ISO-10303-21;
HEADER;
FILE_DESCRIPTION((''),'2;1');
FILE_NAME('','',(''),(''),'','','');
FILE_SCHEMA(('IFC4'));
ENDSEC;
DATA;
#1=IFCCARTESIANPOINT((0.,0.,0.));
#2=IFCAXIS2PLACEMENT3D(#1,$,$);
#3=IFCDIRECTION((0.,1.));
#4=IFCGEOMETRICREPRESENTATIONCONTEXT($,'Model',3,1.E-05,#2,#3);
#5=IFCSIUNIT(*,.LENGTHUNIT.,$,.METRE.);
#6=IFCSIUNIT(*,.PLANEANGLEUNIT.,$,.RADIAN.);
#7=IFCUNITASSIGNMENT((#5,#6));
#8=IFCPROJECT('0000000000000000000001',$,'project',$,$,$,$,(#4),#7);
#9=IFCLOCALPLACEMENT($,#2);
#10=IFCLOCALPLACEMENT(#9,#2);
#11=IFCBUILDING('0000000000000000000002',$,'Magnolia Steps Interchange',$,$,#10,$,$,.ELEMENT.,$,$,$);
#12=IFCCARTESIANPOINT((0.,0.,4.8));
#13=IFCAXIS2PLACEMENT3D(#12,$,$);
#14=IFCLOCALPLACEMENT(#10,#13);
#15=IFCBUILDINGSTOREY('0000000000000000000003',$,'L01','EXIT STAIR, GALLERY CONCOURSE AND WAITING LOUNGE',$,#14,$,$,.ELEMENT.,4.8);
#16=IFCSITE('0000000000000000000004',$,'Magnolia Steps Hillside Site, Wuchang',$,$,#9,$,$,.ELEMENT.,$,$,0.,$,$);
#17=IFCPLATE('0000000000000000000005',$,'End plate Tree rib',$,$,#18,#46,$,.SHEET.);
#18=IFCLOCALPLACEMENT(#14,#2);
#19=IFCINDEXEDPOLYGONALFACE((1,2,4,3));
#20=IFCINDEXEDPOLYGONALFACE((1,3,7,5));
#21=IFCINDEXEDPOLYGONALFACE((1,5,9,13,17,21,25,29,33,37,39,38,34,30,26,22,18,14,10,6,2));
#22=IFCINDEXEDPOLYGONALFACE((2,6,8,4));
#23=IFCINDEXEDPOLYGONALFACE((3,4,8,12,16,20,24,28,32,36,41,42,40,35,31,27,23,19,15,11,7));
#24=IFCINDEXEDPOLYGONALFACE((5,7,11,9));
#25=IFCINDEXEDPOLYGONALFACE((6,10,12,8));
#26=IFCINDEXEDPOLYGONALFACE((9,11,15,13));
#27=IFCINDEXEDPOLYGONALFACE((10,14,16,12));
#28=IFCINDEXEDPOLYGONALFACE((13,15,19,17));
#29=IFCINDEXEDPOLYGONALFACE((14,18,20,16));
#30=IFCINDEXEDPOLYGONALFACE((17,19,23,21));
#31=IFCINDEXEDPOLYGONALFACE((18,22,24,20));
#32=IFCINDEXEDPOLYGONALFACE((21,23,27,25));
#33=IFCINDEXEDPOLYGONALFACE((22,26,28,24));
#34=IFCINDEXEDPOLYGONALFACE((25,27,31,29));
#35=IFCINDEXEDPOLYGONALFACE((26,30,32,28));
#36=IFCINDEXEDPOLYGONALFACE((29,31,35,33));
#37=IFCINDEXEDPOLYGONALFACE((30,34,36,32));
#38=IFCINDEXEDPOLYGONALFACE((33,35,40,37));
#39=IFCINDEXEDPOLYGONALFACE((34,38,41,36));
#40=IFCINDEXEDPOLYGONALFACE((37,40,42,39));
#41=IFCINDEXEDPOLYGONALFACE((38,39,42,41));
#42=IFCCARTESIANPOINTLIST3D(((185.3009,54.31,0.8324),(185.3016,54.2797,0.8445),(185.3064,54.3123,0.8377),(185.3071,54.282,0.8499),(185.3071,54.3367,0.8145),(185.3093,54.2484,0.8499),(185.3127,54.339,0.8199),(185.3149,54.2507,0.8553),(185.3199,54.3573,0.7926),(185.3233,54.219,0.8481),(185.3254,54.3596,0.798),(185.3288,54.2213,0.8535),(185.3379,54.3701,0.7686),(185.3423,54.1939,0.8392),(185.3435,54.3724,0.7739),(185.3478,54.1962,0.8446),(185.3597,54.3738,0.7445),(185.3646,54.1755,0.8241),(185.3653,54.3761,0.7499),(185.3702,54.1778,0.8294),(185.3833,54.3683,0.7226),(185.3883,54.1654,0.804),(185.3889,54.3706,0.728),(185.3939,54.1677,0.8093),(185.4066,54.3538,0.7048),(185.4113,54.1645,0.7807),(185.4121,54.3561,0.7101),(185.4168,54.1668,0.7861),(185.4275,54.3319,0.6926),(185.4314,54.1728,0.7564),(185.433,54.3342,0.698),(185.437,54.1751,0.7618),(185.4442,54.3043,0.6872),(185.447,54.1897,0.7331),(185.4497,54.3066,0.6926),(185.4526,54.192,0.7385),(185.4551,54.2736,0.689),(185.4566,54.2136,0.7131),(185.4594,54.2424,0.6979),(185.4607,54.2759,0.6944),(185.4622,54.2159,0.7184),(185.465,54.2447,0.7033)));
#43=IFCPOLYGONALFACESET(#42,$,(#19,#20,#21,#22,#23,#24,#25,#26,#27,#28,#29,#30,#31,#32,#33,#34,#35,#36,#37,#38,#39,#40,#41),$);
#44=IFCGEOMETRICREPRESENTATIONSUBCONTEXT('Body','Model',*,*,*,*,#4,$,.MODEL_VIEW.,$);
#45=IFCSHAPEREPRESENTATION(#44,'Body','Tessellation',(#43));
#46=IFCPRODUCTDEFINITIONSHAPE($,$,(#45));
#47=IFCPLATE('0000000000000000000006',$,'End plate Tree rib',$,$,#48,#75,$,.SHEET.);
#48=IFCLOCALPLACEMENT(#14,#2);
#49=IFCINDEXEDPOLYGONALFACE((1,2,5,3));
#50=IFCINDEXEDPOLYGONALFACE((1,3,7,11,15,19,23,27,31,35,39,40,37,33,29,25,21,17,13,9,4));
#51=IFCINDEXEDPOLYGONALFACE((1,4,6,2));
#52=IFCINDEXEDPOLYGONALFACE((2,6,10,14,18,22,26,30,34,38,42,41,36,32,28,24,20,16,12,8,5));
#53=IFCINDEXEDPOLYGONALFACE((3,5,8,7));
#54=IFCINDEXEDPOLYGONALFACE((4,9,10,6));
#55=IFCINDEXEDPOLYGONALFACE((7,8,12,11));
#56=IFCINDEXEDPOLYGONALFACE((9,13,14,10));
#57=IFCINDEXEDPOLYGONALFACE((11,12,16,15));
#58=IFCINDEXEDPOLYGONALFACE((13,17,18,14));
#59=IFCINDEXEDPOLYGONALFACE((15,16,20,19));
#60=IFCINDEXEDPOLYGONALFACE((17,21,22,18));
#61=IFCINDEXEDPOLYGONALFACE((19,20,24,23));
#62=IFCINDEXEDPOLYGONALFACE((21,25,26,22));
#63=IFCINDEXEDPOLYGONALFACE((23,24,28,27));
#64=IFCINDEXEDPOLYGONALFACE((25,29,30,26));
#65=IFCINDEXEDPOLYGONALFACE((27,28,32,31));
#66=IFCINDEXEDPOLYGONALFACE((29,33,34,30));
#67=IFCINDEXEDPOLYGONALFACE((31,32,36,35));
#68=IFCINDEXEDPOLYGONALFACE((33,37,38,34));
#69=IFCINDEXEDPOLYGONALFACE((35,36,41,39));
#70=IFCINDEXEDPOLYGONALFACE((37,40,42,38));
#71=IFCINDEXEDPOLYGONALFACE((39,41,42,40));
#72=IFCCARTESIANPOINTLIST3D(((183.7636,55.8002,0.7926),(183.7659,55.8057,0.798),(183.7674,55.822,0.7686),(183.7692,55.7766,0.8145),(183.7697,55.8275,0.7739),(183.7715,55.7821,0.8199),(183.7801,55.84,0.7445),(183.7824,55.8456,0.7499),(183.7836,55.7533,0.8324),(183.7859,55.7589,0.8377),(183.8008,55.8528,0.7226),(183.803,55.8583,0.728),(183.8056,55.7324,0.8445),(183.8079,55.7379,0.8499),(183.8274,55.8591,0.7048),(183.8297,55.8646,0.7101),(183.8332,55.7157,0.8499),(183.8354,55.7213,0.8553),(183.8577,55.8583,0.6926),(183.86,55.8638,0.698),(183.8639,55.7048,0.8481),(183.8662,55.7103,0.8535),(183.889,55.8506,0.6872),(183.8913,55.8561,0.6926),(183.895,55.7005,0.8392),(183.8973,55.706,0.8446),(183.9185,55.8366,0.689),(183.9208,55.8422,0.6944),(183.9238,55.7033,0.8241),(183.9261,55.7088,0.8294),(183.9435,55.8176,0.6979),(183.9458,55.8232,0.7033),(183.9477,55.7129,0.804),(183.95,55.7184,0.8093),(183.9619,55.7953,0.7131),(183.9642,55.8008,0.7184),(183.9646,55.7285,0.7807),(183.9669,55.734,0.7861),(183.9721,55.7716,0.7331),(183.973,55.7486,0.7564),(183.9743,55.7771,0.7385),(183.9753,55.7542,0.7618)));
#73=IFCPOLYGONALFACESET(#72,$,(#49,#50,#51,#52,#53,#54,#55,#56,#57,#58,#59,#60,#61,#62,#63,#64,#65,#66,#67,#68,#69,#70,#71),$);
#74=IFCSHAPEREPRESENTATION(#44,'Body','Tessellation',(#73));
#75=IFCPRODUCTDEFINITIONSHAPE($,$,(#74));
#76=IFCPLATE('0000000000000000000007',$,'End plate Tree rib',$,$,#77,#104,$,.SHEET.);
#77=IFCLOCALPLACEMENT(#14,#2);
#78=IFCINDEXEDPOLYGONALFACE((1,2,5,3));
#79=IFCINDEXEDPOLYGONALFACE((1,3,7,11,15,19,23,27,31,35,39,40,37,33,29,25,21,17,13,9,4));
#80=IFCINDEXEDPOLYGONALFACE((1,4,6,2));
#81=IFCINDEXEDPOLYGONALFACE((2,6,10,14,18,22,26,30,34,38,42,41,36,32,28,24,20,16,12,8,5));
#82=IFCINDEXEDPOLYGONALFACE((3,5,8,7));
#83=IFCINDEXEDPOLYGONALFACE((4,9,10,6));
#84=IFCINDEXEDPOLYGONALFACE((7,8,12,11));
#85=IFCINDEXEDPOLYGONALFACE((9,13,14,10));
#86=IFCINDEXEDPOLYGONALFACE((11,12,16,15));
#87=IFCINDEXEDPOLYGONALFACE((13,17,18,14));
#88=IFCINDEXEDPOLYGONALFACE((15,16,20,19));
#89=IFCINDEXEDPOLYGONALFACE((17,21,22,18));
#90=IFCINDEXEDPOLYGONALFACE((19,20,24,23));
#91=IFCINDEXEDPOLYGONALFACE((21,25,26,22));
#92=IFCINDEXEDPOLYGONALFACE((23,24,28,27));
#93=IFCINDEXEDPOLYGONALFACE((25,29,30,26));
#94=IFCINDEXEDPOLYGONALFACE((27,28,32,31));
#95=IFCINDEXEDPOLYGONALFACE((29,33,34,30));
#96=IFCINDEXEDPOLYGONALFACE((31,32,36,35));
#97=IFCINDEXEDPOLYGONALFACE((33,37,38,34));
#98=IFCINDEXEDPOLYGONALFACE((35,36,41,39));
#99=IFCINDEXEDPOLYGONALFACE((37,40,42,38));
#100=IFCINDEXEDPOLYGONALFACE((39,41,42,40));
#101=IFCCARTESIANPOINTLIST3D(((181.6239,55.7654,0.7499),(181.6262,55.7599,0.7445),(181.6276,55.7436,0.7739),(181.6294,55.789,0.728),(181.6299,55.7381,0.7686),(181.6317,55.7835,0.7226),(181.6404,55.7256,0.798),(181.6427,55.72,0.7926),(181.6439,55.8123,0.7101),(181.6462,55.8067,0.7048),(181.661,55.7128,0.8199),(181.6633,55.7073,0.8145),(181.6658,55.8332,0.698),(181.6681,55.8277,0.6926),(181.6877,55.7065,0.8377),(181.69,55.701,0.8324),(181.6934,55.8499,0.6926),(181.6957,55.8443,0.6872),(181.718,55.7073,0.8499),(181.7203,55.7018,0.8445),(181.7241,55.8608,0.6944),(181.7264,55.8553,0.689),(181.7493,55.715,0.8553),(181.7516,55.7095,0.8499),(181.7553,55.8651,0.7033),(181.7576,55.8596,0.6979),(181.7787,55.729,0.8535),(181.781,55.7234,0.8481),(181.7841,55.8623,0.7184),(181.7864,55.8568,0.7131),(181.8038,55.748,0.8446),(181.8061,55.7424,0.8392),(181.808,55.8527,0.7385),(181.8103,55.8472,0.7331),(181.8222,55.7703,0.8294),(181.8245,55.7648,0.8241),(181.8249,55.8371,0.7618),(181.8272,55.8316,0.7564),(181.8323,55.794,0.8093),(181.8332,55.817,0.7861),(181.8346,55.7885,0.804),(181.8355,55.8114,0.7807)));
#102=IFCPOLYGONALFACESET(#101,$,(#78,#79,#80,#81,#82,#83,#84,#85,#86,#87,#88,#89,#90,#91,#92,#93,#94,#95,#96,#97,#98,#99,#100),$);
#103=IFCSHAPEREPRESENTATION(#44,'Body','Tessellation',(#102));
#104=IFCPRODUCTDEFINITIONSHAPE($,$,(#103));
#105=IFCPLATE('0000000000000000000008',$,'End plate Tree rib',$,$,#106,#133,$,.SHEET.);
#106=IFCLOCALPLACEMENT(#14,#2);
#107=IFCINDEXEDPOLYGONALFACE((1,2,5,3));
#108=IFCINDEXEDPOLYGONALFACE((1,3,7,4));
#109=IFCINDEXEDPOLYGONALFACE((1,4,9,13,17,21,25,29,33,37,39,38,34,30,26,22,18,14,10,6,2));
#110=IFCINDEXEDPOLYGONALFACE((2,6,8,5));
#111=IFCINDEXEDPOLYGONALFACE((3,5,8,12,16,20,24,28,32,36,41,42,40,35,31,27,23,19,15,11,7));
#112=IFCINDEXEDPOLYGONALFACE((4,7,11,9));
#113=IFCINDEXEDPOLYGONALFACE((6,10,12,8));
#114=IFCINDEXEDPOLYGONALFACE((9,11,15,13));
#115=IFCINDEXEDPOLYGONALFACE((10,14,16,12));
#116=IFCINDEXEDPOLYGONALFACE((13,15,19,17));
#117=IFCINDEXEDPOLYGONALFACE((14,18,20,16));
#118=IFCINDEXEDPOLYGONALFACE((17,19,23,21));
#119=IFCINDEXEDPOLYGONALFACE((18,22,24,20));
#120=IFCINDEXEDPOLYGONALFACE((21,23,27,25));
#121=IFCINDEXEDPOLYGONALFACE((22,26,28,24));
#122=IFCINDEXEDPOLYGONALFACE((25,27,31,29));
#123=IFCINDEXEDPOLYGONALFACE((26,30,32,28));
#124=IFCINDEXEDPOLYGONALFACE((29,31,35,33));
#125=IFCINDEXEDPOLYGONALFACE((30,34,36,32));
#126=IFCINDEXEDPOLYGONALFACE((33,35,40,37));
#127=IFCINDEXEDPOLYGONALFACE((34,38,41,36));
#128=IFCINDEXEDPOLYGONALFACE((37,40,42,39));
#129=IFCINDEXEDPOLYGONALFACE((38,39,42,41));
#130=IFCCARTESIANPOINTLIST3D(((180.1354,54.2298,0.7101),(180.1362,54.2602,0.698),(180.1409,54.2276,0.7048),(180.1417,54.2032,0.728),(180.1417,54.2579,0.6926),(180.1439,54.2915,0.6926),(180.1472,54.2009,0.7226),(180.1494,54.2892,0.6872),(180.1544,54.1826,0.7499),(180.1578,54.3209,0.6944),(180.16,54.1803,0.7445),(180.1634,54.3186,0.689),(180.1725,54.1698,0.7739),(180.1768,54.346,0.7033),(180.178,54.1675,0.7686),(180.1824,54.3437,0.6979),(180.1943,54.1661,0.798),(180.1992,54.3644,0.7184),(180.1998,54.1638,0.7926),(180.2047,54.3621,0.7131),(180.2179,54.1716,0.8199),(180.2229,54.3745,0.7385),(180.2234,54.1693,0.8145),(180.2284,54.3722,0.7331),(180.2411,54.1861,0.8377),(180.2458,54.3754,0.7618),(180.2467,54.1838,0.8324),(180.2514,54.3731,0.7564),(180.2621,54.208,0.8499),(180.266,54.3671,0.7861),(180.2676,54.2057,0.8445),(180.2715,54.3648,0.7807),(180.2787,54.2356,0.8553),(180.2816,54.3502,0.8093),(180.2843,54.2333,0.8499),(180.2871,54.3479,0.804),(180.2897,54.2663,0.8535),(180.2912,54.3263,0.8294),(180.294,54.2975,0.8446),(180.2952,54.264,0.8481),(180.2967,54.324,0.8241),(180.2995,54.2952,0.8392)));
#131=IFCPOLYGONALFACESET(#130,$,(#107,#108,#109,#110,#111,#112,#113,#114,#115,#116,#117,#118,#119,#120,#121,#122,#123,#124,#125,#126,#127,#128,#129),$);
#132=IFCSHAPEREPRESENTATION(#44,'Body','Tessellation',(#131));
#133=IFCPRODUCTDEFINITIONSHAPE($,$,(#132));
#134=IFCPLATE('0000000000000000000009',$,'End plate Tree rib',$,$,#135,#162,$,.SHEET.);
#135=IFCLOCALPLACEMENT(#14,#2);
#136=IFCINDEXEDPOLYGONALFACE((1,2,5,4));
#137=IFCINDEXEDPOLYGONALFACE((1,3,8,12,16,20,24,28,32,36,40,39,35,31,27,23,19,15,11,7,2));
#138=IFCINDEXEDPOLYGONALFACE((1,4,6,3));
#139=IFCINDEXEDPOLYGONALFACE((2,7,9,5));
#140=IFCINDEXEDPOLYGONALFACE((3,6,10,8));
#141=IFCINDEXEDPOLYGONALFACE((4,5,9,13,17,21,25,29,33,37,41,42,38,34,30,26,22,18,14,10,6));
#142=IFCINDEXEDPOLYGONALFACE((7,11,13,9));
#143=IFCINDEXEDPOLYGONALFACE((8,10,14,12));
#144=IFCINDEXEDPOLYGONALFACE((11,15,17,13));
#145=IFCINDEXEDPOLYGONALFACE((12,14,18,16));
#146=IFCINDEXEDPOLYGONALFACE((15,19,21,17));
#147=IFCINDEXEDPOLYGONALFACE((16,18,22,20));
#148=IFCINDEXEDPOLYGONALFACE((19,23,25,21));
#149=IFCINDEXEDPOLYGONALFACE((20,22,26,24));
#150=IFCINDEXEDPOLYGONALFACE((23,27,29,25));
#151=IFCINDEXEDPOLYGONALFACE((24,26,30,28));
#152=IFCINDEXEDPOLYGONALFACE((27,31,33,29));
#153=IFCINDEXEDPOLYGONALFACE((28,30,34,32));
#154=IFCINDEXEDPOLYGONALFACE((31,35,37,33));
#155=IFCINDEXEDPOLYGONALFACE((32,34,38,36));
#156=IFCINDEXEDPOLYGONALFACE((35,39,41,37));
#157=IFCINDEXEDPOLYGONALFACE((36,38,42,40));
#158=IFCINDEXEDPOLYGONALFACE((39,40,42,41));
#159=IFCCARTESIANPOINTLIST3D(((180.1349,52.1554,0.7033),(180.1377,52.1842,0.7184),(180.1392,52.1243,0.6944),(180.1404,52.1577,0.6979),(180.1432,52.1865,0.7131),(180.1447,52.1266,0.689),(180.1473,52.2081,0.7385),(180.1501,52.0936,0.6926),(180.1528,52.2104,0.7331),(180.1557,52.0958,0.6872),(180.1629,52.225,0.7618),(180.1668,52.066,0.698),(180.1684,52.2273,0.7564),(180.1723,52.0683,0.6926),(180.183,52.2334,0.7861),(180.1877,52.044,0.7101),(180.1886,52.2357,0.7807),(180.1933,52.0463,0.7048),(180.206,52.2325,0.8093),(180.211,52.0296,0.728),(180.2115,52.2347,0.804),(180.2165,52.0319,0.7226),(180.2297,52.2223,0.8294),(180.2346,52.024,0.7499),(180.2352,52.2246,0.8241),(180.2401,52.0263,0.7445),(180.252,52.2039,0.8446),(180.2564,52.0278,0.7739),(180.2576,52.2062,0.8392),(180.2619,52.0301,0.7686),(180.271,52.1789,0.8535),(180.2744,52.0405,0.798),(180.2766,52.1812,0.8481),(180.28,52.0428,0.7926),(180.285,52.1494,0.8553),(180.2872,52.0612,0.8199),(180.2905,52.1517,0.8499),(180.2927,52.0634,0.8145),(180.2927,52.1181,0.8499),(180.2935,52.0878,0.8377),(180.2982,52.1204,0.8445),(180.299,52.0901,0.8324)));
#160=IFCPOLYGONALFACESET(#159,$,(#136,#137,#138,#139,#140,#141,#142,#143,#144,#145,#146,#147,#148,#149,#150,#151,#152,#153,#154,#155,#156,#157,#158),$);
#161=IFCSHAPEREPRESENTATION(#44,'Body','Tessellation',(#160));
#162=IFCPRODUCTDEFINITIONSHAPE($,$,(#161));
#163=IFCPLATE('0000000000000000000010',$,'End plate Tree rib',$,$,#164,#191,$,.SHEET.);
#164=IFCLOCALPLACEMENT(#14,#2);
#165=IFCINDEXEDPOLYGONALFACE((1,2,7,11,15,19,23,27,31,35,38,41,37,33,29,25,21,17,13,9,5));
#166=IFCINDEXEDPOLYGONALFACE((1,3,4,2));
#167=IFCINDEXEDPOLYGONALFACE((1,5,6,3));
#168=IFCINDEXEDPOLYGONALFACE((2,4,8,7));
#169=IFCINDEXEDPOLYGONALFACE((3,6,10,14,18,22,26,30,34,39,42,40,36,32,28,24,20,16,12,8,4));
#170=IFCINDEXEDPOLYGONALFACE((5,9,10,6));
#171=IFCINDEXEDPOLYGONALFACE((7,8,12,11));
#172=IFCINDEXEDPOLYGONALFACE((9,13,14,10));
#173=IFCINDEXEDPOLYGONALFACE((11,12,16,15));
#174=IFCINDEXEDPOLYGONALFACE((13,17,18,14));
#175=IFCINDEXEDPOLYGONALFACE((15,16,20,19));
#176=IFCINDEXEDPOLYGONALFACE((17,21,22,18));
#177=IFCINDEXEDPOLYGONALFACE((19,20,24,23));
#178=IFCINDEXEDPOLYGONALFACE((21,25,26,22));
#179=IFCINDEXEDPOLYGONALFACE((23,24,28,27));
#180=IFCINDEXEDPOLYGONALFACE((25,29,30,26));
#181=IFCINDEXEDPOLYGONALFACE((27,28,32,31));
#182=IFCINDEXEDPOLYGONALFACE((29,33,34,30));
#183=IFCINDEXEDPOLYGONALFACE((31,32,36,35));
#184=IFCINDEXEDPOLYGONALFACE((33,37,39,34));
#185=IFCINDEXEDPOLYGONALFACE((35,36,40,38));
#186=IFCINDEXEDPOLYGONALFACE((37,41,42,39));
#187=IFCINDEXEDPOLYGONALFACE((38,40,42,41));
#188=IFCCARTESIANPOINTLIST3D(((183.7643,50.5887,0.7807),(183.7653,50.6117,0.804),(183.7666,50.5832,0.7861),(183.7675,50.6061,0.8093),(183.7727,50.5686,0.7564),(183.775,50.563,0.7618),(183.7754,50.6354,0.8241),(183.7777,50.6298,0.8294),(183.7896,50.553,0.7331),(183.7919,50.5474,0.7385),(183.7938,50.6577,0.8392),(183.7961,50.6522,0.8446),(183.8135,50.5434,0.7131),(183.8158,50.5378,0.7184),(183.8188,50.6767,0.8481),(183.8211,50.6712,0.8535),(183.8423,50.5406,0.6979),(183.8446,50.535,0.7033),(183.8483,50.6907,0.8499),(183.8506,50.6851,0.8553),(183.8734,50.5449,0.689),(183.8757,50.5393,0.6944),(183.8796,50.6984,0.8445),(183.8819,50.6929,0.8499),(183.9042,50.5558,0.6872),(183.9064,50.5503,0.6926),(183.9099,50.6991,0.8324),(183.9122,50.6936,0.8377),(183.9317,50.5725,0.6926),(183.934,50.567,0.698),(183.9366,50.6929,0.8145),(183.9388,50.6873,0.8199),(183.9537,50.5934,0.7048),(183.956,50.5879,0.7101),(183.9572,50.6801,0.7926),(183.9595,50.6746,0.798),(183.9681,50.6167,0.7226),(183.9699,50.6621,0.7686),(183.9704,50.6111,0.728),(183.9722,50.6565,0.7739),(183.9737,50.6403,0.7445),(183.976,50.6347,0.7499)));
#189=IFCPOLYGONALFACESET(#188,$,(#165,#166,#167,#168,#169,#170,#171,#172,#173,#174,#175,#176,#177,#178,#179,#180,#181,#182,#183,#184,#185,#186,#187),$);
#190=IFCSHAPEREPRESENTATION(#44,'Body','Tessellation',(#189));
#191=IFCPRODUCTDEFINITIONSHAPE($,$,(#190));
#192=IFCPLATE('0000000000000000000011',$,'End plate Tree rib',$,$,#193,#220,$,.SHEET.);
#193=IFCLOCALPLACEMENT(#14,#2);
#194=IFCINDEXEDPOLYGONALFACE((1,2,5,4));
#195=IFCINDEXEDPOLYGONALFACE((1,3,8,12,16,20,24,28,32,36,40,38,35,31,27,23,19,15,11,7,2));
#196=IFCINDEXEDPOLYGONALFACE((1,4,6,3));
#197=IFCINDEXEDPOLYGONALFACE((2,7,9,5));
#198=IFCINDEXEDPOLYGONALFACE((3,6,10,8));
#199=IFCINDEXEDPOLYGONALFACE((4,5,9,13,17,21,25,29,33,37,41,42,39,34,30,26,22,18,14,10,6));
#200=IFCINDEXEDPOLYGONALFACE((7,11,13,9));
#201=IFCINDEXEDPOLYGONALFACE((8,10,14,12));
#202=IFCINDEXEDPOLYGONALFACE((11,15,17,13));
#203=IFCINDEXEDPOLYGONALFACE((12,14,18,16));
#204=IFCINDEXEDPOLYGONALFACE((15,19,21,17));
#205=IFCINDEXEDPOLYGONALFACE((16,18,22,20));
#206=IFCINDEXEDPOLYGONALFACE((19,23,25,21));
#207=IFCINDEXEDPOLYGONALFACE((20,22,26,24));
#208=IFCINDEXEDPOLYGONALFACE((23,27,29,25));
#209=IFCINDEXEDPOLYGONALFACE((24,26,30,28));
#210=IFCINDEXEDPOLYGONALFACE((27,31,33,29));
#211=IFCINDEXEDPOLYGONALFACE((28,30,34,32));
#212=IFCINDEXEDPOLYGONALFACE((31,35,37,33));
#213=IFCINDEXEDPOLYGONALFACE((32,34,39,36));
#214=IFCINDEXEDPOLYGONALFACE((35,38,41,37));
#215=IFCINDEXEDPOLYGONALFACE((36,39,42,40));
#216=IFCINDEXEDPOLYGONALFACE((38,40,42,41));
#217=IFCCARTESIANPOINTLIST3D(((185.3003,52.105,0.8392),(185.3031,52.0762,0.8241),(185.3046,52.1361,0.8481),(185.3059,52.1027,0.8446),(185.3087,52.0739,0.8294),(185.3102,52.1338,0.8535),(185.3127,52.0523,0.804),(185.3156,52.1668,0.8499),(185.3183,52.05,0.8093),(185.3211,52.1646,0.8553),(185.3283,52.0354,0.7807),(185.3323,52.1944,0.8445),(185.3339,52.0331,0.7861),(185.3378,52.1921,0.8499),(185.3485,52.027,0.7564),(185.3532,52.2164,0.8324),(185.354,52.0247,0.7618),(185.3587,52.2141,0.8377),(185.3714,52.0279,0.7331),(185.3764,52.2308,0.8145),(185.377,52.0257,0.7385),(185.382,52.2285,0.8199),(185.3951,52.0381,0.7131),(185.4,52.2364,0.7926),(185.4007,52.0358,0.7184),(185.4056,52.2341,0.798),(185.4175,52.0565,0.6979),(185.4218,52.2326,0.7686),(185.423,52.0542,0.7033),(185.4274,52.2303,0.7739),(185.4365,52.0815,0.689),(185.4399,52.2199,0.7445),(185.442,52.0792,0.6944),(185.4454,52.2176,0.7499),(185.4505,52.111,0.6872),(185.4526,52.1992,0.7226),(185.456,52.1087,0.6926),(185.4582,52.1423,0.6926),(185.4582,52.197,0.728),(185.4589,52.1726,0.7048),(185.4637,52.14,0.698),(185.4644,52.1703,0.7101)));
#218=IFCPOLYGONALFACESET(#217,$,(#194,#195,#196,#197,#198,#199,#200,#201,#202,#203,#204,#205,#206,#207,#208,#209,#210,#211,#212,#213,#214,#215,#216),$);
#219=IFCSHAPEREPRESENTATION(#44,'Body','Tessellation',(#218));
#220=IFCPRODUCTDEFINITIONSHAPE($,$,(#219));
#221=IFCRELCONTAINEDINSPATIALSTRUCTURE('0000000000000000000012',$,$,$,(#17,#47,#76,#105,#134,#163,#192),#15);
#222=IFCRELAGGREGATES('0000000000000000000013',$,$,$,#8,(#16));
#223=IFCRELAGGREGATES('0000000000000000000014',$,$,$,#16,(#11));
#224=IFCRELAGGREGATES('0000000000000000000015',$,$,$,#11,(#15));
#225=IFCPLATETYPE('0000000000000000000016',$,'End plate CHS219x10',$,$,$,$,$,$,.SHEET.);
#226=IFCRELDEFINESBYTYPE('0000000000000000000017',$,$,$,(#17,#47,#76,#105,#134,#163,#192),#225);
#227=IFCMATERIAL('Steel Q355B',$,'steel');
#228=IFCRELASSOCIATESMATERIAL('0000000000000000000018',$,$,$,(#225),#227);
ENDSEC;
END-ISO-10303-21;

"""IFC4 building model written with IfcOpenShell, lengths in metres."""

from ifc_helpers import new_model, si_unit, direction, frame, origin, origin_2d, place, context, subcontext, project, spatial, circle, extrude, material, material_profile, profile_set, type_object, element, save


model = new_model("IFC4")

# Units and contexts
model_context = context("Model", 3, precision=1e-05, world=origin(), true_north=direction((0.0, 1.0)))
body_context = subcontext(model_context, "Body", "Model", "MODEL_VIEW")
ifc_project = project(units=[si_unit("LENGTHUNIT", "METRE"), si_unit("PLANEANGLEUNIT", "RADIAN")], contexts=[model_context])

# Site, building, storey
site_placement = place(None, origin())
site = spatial("IfcSite", under=ifc_project, at=site_placement, Name="Magnolia Steps Hillside Site, Wuchang", CompositionType="ELEMENT", RefElevation=0.0)
building_placement = place(site_placement, origin())
building = spatial("IfcBuilding", under=site, at=building_placement, Name="Magnolia Steps Interchange", CompositionType="ELEMENT")
storey_placement = place(building_placement, frame((0.0, 0.0, 4.8)))
storey = spatial("IfcBuildingStorey", under=building, at=storey_placement, Name="L01", Description="EXIT STAIR, GALLERY CONCOURSE AND WAITING LOUNGE", CompositionType="ELEMENT", Elevation=4.8)

# Plates
ifc_material_1 = material(Name="Steel Q355B", Category="steel")
ifc_material_profile_1 = material_profile(ifc_material_1, circle(Radius=0.1096, at=origin_2d()), Name="End plate CHS219x10")
ifc_profile_set_1 = profile_set([ifc_material_profile_1], Name="Steel Q355B")
plate_type_1 = type_object("IfcPlateType", Name="End plate CHS219x10", PredefinedType="SHEET", material=ifc_profile_set_1)
for number, where, z_axis, x_axis, name in (
    (1, (185.3799, 54.2688, 0.7686), (0.687748, 0.284874, 0.66772), (-0.382683, 0.92388, 0.0), "End plate Tree rib"),
    (2, (183.8687, 55.78, 0.7686), (0.284874, 0.687748, 0.66772), (-0.92388, 0.382683, 0.0), "End plate Tree rib"),
    (3, (181.7312, 55.78, 0.7686), (-0.284874, 0.687748, 0.66772), (-0.92388, -0.382683, 0.0), "End plate Tree rib"),
    (4, (180.22, 54.2688, 0.7686), (-0.687748, 0.284874, 0.66772), (-0.382683, -0.92388, 0.0), "End plate Tree rib"),
    (5, (180.22, 52.1313, 0.7686), (-0.687748, -0.284874, 0.66772), (0.382683, -0.92388, 0.0), "End plate Tree rib"),
    (6, (183.8687, 50.6201, 0.7686), (0.284874, -0.687748, 0.66772), (0.92388, 0.382683, 0.0), "End plate Tree rib"),
    (7, (185.3799, 52.1313, 0.7686), (0.687748, -0.284874, 0.66772), (0.382683, 0.92388, 0.0), "End plate Tree rib"),
):
    element("IfcPlate", number, at=place(storey_placement, frame(where, z_axis=z_axis, x_axis=x_axis)), inside=storey, type_object=plate_type_1, Name=name, PredefinedType="SHEET", context=body_context, shape_type="SweptSolid", body=[
        extrude(circle(Radius=0.1096, at=origin_2d()), origin(), (0.0, 0.0, 1.0), 0.0081),
    ])

save(model, "model.ifc")
